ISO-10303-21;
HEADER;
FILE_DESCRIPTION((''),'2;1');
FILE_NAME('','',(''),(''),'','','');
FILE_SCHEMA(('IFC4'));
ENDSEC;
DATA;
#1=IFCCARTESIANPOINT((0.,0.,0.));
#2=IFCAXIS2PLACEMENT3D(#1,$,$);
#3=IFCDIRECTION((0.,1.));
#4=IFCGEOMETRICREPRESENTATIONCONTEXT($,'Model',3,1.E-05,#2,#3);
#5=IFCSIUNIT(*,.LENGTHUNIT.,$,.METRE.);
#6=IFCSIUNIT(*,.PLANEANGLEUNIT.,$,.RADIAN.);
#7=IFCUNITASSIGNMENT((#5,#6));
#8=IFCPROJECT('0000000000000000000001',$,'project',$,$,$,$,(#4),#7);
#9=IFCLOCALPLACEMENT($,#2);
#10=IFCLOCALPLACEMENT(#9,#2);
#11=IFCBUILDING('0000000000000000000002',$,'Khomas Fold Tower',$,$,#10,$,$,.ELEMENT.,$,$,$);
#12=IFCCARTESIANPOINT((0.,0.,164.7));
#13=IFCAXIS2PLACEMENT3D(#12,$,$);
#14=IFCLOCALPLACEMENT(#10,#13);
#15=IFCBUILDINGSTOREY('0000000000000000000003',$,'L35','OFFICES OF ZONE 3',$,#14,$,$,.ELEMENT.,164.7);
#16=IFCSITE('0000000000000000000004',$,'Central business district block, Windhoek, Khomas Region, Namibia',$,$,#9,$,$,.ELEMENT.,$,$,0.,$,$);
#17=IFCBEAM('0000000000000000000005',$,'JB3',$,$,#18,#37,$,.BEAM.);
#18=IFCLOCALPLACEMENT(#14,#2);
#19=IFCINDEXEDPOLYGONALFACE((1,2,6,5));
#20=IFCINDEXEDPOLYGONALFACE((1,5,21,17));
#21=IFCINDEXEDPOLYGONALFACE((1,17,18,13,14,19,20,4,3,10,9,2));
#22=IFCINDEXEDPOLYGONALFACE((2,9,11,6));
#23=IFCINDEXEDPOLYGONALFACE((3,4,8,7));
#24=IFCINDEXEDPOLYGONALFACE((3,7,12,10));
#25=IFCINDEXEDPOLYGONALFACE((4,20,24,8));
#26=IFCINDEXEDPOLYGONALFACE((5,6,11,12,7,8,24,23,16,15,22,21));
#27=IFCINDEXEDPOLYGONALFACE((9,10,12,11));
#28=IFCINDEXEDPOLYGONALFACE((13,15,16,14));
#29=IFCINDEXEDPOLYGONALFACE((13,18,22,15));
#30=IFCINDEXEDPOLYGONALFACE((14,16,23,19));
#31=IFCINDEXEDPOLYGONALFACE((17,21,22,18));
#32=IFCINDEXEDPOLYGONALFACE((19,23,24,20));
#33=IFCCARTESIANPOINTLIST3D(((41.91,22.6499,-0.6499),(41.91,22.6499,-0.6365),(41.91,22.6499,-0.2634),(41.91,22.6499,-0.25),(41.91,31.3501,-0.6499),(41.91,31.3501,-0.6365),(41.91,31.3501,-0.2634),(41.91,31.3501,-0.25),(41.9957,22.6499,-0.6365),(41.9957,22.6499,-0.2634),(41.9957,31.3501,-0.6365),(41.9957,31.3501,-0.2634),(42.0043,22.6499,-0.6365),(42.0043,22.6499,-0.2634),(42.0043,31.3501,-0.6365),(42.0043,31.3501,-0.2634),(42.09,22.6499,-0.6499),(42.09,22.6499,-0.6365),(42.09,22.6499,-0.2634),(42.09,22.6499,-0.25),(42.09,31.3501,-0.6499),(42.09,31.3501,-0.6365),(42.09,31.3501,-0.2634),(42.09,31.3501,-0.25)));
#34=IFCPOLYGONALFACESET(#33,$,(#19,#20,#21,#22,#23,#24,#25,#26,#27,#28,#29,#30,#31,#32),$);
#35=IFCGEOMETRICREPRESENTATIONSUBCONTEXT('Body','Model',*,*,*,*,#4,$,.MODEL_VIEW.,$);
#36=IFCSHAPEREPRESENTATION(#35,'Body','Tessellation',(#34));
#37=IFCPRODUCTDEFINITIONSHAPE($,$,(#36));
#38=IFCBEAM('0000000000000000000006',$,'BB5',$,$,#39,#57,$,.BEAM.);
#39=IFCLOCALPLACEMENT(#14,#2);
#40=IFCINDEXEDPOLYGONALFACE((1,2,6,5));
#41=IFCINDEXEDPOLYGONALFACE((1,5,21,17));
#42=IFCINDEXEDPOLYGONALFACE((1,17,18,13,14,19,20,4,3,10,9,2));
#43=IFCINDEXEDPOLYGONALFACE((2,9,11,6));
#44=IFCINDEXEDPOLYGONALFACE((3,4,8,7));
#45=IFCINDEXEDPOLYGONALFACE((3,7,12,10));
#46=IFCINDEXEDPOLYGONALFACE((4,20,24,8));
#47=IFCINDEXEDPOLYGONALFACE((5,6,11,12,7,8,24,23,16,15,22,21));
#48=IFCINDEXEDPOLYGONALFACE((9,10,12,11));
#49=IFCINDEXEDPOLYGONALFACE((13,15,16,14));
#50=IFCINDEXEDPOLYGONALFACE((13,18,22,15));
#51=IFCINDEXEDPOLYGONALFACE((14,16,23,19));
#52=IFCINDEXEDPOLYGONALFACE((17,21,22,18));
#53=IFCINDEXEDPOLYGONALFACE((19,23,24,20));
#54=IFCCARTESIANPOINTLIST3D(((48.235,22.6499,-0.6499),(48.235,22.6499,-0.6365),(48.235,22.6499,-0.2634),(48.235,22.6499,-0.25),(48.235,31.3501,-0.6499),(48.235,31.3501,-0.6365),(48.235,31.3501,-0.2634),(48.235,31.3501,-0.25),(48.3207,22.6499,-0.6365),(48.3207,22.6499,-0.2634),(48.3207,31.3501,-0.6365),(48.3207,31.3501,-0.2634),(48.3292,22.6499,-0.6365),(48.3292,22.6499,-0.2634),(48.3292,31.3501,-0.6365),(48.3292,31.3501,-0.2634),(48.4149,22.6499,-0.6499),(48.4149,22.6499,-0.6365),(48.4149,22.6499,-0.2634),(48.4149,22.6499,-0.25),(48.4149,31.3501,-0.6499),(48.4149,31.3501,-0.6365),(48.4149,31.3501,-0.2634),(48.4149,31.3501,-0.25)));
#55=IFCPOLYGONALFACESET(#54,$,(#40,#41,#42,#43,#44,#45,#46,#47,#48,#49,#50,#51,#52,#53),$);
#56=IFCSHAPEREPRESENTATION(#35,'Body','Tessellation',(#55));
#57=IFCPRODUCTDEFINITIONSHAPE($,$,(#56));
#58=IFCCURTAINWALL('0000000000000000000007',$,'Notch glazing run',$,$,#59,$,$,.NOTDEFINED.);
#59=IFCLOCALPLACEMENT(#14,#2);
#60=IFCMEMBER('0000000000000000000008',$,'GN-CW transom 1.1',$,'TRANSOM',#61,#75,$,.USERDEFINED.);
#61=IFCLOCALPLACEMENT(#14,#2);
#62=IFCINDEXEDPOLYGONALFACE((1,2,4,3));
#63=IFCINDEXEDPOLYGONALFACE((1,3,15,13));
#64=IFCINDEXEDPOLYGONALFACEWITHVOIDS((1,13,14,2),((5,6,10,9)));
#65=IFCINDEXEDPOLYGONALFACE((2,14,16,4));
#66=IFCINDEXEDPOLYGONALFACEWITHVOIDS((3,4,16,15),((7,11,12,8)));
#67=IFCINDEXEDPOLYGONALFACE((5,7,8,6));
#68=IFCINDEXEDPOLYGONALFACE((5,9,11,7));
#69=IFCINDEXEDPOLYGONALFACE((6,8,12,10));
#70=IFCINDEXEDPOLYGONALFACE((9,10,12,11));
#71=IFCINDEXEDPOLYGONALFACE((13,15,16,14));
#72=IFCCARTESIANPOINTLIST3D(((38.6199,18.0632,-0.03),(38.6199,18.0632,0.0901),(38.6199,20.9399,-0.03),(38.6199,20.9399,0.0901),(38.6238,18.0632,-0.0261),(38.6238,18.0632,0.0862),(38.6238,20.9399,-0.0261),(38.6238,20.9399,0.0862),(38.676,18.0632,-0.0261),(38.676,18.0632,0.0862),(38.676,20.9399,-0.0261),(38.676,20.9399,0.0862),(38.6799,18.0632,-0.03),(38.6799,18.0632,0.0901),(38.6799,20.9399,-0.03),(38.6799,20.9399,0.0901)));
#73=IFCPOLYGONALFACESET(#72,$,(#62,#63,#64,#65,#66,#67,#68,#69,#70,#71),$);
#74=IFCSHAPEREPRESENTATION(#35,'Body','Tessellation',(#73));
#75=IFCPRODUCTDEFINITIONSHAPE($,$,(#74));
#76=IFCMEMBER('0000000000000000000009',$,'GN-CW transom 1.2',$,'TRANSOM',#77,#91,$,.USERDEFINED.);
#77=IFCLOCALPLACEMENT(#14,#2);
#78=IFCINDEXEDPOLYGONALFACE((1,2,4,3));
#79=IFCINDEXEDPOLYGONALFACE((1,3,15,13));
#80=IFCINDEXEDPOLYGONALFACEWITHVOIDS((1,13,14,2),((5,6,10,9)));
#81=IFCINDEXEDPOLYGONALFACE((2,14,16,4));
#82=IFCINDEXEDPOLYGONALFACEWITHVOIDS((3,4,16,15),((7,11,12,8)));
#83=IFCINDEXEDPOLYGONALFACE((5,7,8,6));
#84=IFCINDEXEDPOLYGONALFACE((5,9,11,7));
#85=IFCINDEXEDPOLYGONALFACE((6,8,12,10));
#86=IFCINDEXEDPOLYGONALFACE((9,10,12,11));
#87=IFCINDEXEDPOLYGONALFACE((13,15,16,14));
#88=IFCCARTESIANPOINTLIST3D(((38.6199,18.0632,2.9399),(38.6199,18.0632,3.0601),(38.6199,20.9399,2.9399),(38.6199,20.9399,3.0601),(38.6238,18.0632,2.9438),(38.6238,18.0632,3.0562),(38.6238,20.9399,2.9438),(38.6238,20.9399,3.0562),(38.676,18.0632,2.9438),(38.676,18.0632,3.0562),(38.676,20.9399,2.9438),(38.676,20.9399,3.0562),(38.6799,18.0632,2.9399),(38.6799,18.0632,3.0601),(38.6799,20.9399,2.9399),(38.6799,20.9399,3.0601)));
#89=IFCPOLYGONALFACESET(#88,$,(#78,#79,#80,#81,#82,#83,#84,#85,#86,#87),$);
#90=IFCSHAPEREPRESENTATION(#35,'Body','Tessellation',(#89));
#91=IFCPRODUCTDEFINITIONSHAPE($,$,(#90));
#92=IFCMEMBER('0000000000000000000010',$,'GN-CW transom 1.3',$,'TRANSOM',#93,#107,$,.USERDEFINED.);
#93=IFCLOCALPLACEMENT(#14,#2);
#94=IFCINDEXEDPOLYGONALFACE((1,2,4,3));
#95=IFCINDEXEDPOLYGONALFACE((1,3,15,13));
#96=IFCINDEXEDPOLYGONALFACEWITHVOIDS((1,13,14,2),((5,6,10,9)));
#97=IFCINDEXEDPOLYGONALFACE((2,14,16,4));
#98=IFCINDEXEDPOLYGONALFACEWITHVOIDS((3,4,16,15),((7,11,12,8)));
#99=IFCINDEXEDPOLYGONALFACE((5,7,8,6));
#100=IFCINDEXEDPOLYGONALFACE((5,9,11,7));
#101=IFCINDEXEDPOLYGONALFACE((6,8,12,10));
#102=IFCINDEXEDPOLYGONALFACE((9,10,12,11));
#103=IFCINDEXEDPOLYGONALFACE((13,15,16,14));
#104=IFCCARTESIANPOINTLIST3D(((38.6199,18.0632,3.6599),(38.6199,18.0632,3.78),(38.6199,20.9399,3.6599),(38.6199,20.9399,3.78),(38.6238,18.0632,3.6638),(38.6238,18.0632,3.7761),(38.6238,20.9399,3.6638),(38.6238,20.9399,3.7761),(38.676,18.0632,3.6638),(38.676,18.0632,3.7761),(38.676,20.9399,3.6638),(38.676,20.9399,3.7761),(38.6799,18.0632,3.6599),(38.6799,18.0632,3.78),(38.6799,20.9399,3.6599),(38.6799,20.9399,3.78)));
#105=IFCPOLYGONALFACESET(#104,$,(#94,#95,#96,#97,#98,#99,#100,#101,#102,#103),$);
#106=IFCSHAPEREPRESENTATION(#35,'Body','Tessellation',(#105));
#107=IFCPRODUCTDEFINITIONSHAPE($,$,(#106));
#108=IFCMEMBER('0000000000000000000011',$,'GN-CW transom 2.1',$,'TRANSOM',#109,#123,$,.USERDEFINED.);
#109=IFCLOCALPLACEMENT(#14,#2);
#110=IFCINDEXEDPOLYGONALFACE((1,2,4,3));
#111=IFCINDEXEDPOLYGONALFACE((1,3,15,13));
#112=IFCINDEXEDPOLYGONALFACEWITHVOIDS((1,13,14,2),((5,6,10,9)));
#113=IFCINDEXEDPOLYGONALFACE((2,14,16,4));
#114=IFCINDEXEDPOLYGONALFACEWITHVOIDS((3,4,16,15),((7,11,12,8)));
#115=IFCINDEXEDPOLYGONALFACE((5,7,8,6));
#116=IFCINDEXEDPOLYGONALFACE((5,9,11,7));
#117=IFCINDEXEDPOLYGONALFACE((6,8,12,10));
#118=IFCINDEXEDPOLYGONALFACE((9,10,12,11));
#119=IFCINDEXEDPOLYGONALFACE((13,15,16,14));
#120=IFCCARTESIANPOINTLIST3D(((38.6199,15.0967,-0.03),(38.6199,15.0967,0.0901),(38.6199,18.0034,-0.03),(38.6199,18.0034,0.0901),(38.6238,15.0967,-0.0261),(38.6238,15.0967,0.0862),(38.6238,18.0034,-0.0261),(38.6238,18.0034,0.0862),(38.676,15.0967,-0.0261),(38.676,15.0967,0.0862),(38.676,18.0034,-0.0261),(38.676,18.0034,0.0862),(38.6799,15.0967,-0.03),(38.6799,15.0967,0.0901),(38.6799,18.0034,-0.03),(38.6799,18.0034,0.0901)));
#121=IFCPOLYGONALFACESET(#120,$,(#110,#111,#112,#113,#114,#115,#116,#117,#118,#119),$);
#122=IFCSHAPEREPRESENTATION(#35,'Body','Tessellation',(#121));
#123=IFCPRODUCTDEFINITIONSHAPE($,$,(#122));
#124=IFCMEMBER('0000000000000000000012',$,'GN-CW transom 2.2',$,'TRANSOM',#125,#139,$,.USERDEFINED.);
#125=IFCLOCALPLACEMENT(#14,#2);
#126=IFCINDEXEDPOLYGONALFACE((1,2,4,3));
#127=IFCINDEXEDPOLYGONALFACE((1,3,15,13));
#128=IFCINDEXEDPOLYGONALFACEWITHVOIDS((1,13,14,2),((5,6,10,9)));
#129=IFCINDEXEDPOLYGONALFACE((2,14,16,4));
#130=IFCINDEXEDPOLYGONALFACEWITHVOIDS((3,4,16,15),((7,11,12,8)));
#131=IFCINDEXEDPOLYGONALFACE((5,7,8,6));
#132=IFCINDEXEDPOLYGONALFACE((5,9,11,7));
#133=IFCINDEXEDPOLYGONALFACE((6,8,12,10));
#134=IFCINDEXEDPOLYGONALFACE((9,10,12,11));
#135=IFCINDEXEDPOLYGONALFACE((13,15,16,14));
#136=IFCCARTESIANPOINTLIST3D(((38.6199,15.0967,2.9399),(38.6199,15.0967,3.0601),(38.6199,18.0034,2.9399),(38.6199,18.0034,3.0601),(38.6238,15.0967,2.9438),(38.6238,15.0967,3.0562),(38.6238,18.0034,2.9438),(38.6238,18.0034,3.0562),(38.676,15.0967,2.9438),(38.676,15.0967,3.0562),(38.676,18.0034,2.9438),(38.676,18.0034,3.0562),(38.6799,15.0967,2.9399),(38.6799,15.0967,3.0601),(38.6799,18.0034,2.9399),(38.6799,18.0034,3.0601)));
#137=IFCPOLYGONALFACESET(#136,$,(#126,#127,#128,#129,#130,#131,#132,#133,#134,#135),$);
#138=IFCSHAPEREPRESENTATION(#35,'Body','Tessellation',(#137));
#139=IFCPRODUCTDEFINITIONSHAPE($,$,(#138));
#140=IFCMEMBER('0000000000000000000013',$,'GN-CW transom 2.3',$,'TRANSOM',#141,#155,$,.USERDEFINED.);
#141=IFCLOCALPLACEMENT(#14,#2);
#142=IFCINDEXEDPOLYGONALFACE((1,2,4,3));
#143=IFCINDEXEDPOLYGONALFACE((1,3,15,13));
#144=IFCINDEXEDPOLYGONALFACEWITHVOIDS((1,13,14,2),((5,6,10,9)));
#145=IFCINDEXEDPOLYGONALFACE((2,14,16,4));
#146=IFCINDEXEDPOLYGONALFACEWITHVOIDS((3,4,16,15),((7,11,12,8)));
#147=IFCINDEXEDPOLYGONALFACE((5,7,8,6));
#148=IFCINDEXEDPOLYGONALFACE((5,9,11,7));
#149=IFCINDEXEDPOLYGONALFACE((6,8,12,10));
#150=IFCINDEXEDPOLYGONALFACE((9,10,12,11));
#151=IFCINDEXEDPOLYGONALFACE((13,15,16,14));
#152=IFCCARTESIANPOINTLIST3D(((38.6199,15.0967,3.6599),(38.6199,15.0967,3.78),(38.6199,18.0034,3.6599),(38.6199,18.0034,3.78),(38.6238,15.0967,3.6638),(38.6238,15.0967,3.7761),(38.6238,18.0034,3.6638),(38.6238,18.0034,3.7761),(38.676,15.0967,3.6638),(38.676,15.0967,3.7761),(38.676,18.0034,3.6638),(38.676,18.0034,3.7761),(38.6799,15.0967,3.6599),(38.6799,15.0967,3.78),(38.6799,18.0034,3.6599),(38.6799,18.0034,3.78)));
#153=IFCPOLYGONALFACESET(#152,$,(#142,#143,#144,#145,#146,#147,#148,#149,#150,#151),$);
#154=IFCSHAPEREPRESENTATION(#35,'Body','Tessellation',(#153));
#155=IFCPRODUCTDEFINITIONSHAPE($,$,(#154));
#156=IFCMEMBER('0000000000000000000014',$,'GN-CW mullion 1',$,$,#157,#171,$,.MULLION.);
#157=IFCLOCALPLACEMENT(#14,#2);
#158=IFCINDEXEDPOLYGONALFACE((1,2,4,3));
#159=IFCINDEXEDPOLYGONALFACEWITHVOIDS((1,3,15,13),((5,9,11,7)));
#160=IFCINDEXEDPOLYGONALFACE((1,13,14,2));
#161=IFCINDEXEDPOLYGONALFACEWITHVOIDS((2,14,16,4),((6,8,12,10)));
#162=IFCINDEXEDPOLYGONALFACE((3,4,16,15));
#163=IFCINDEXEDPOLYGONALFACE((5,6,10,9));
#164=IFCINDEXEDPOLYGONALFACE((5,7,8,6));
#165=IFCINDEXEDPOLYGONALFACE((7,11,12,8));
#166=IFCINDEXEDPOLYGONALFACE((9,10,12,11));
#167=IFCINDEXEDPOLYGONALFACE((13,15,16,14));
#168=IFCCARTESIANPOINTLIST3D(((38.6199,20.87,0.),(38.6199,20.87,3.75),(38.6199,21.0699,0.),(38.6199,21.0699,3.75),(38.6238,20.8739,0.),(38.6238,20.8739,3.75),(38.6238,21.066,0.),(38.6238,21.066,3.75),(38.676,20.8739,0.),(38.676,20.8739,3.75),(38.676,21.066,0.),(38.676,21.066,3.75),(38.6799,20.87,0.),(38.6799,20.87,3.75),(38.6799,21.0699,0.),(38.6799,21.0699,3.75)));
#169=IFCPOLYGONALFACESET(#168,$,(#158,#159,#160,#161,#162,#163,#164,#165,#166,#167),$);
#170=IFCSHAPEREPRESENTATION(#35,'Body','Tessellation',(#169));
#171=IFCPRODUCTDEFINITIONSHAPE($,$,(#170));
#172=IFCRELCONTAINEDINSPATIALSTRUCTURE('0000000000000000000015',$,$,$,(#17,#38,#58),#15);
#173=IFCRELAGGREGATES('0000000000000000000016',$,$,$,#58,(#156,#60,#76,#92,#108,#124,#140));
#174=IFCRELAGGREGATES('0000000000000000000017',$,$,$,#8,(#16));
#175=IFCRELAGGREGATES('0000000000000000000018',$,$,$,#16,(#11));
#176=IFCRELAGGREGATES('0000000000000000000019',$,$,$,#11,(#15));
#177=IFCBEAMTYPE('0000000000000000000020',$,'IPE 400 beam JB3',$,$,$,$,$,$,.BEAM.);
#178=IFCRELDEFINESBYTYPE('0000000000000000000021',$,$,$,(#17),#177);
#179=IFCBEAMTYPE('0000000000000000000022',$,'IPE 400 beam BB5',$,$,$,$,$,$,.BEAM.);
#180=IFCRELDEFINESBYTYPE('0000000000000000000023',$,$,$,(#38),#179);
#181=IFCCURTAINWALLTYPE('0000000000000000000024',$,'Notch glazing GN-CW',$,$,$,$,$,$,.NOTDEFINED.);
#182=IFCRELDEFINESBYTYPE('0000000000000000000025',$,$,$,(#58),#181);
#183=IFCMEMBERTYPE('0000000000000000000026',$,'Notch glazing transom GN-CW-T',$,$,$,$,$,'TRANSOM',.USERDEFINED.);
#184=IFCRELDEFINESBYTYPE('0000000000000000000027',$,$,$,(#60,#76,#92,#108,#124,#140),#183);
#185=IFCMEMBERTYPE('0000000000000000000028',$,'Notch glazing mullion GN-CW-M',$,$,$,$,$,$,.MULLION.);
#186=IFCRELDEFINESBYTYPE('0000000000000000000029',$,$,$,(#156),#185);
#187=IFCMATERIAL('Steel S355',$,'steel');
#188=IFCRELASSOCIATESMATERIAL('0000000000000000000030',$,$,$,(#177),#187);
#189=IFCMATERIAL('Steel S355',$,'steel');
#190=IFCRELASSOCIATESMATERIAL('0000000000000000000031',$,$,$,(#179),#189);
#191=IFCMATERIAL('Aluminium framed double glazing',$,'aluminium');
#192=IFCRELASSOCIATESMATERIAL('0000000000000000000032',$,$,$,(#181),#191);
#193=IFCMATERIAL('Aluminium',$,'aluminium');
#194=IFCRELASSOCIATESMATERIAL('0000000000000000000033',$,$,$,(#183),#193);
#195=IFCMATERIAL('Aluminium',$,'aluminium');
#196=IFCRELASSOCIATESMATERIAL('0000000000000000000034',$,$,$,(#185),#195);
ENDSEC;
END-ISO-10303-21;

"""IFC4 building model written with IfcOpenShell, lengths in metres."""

from ifc_helpers import new_model, si_unit, direction, frame, origin, origin_2d, place, context, subcontext, project, spatial, hollow_rectangle, i_section, extrude, source, transform, mapped, material, material_profile, profile_set, type_object, element, aggregate, save


model = new_model("IFC4")

# Units and contexts
model_context = context("Model", 3, precision=1e-05, world=origin(), true_north=direction((0.0, 1.0)))
body_context = subcontext(model_context, "Body", "Model", "MODEL_VIEW")
ifc_project = project(units=[si_unit("LENGTHUNIT", "METRE"), si_unit("PLANEANGLEUNIT", "RADIAN")], contexts=[model_context])

# Site, building, storey
site_placement = place(None, origin())
site = spatial("IfcSite", under=ifc_project, at=site_placement, Name="Central business district block, Windhoek, Khomas Region, Namibia", CompositionType="ELEMENT", RefElevation=0.0)
building_placement = place(site_placement, origin())
building = spatial("IfcBuilding", under=site, at=building_placement, Name="Khomas Fold Tower", CompositionType="ELEMENT")
storey_placement = place(building_placement, frame((0.0, 0.0, 164.7)))
storey = spatial("IfcBuildingStorey", under=building, at=storey_placement, Name="L35", Description="OFFICES OF ZONE 3", CompositionType="ELEMENT", Elevation=164.7)

# Beams
ifc_material_1 = material(Name="Steel S355", Category="steel")
ifc_material_profile_1 = material_profile(ifc_material_1, i_section(OverallWidth=0.1799, OverallDepth=0.3999, WebThickness=0.0085, FlangeThickness=0.0134, at=origin_2d()), Name="IPE 400")
ifc_profile_set_1 = profile_set([ifc_material_profile_1], Name="Steel S355")
beam_type_1 = type_object("IfcBeamType", Name="IPE 400 beam JB3", PredefinedType="BEAM", material=ifc_profile_set_1)
shared_shape_1 = source(origin(), body_context, "Body", "SweptSolid", [
    extrude(i_section(OverallWidth=0.1799, OverallDepth=0.3999, WebThickness=0.0085, FlangeThickness=0.0134, at=origin_2d()), origin(), (0.0, 0.0, 1.0), 8.7002),
])
beam_1_placement = place(storey_placement, frame((42.0, 22.6499, -0.45), z_axis=(0.0, 1.0, 0.0), x_axis=(-1.0, 0.0, 0.0)))
element("IfcBeam", 1, at=beam_1_placement, inside=storey, type_object=beam_type_1, Name="JB3", PredefinedType="BEAM", context=body_context, shape_type="MappedRepresentation", body=[
    mapped(shared_shape_1, transform((0.0, 0.0, 0.0))),
])
ifc_material_2 = material(Name="Steel S355", Category="steel")
ifc_material_profile_2 = material_profile(ifc_material_2, i_section(OverallWidth=0.1799, OverallDepth=0.3999, WebThickness=0.0085, FlangeThickness=0.0134, at=origin_2d()), Name="IPE 400")
ifc_profile_set_2 = profile_set([ifc_material_profile_2], Name="Steel S355")
beam_type_2 = type_object("IfcBeamType", Name="IPE 400 beam BB5", PredefinedType="BEAM", material=ifc_profile_set_2)
shared_shape_2 = source(origin(), body_context, "Body", "SweptSolid", [
    extrude(i_section(OverallWidth=0.1799, OverallDepth=0.3999, WebThickness=0.0085, FlangeThickness=0.0134, at=origin_2d()), origin(), (0.0, 0.0, 1.0), 8.7002),
])
beam_2_placement = place(storey_placement, frame((48.325, 22.6499, -0.45), z_axis=(0.0, 1.0, 0.0), x_axis=(-1.0, 0.0, 0.0)))
element("IfcBeam", 2, at=beam_2_placement, inside=storey, type_object=beam_type_2, Name="BB5", PredefinedType="BEAM", context=body_context, shape_type="MappedRepresentation", body=[
    mapped(shared_shape_2, transform((0.0, 0.0, 0.0))),
])

# Curtain wall, members
ifc_material_3 = material(Name="Aluminium framed double glazing", Category="aluminium")
curtain_wall_type = type_object("IfcCurtainWallType", Name="Notch glazing GN-CW", PredefinedType="NOTDEFINED", material=ifc_material_3)
curtain_wall_placement = place(storey_placement, origin())
curtain_wall = element("IfcCurtainWall", 3, at=curtain_wall_placement, inside=storey, type_object=curtain_wall_type, Name="Notch glazing run", PredefinedType="NOTDEFINED")
ifc_material_4 = material(Name="Aluminium", Category="aluminium")
ifc_material_profile_3 = material_profile(ifc_material_4, hollow_rectangle(XDim=0.0601, YDim=0.1201, WallThickness=0.0039, at=origin_2d()), Name="Notch glazing transom GN-CW-T")
ifc_profile_set_3 = profile_set([ifc_material_profile_3], Name="Aluminium")
member_type_1 = type_object("IfcMemberType", Name="Notch glazing transom GN-CW-T", ElementType="TRANSOM", PredefinedType="USERDEFINED", material=ifc_profile_set_3)
shared_shape_3 = source(origin(), body_context, "Body", "SweptSolid", [
    extrude(hollow_rectangle(XDim=0.0601, YDim=0.1201, WallThickness=0.0039, at=origin_2d()), origin(), (0.0, 0.0, 1.0), 2.8767),
])
member_1_placement = place(storey_placement, frame((38.6499, 20.9399, 0.03), z_axis=(0.0, -1.0, 0.0), x_axis=(1.0, 0.0, 0.0)))
member_1 = element("IfcMember", 4, at=member_1_placement, type_object=member_type_1, Name="GN-CW transom 1.1", ObjectType="TRANSOM", PredefinedType="USERDEFINED", context=body_context, shape_type="MappedRepresentation", body=[
    mapped(shared_shape_3, transform((0.0, 0.0, 0.0))),
])
member_2_placement = place(storey_placement, frame((38.6499, 20.9399, 3.0), z_axis=(0.0, -1.0, 0.0), x_axis=(1.0, 0.0, 0.0)))
member_2 = element("IfcMember", 5, at=member_2_placement, type_object=member_type_1, Name="GN-CW transom 1.2", ObjectType="TRANSOM", PredefinedType="USERDEFINED", context=body_context, shape_type="MappedRepresentation", body=[
    mapped(shared_shape_3, transform((0.0, 0.0, 0.0))),
])
member_3_placement = place(storey_placement, frame((38.6499, 20.9399, 3.72), z_axis=(0.0, -1.0, 0.0), x_axis=(1.0, 0.0, 0.0)))
member_3 = element("IfcMember", 6, at=member_3_placement, type_object=member_type_1, Name="GN-CW transom 1.3", ObjectType="TRANSOM", PredefinedType="USERDEFINED", context=body_context, shape_type="MappedRepresentation", body=[
    mapped(shared_shape_3, transform((0.0, 0.0, 0.0))),
])
shared_shape_4 = source(origin(), body_context, "Body", "SweptSolid", [
    extrude(hollow_rectangle(XDim=0.0601, YDim=0.1201, WallThickness=0.0039, at=origin_2d()), origin(), (0.0, 0.0, 1.0), 2.9067),
])
member_4_placement = place(storey_placement, frame((38.6499, 18.0034, 0.03), z_axis=(0.0, -1.0, 0.0), x_axis=(1.0, 0.0, 0.0)))
member_4 = element("IfcMember", 7, at=member_4_placement, type_object=member_type_1, Name="GN-CW transom 2.1", ObjectType="TRANSOM", PredefinedType="USERDEFINED", context=body_context, shape_type="MappedRepresentation", body=[
    mapped(shared_shape_4, transform((0.0, 0.0, 0.0))),
])
member_5_placement = place(storey_placement, frame((38.6499, 18.0034, 3.0), z_axis=(0.0, -1.0, 0.0), x_axis=(1.0, 0.0, 0.0)))
member_5 = element("IfcMember", 8, at=member_5_placement, type_object=member_type_1, Name="GN-CW transom 2.2", ObjectType="TRANSOM", PredefinedType="USERDEFINED", context=body_context, shape_type="MappedRepresentation", body=[
    mapped(shared_shape_4, transform((0.0, 0.0, 0.0))),
])
member_6_placement = place(storey_placement, frame((38.6499, 18.0034, 3.72), z_axis=(0.0, -1.0, 0.0), x_axis=(1.0, 0.0, 0.0)))
member_6 = element("IfcMember", 9, at=member_6_placement, type_object=member_type_1, Name="GN-CW transom 2.3", ObjectType="TRANSOM", PredefinedType="USERDEFINED", context=body_context, shape_type="MappedRepresentation", body=[
    mapped(shared_shape_4, transform((0.0, 0.0, 0.0))),
])
ifc_material_5 = material(Name="Aluminium", Category="aluminium")
ifc_material_profile_4 = material_profile(ifc_material_5, hollow_rectangle(XDim=0.0601, YDim=0.2, WallThickness=0.0039, at=origin_2d()), Name="Notch glazing mullion GN-CW-M")
ifc_profile_set_4 = profile_set([ifc_material_profile_4], Name="Aluminium")
member_type_2 = type_object("IfcMemberType", Name="Notch glazing mullion GN-CW-M", PredefinedType="MULLION", material=ifc_profile_set_4)
shared_shape_5 = source(origin(), body_context, "Body", "SweptSolid", [
    extrude(hollow_rectangle(XDim=0.0601, YDim=0.2, WallThickness=0.0039, at=origin_2d()), origin(), (0.0, 0.0, 1.0), 3.75),
])
member_7_placement = place(storey_placement, frame((38.6499, 20.97, 0.0), z_axis=(0.0, 0.0, 1.0), x_axis=(1.0, 0.0, 0.0)))
member_7 = element("IfcMember", 10, at=member_7_placement, type_object=member_type_2, Name="GN-CW mullion 1", PredefinedType="MULLION", context=body_context, shape_type="MappedRepresentation", body=[
    mapped(shared_shape_5, transform((0.0, 0.0, 0.0))),
])
aggregate(curtain_wall, [member_7, member_1, member_2, member_3, member_4, member_5, member_6])

save(model, "model.ifc")
